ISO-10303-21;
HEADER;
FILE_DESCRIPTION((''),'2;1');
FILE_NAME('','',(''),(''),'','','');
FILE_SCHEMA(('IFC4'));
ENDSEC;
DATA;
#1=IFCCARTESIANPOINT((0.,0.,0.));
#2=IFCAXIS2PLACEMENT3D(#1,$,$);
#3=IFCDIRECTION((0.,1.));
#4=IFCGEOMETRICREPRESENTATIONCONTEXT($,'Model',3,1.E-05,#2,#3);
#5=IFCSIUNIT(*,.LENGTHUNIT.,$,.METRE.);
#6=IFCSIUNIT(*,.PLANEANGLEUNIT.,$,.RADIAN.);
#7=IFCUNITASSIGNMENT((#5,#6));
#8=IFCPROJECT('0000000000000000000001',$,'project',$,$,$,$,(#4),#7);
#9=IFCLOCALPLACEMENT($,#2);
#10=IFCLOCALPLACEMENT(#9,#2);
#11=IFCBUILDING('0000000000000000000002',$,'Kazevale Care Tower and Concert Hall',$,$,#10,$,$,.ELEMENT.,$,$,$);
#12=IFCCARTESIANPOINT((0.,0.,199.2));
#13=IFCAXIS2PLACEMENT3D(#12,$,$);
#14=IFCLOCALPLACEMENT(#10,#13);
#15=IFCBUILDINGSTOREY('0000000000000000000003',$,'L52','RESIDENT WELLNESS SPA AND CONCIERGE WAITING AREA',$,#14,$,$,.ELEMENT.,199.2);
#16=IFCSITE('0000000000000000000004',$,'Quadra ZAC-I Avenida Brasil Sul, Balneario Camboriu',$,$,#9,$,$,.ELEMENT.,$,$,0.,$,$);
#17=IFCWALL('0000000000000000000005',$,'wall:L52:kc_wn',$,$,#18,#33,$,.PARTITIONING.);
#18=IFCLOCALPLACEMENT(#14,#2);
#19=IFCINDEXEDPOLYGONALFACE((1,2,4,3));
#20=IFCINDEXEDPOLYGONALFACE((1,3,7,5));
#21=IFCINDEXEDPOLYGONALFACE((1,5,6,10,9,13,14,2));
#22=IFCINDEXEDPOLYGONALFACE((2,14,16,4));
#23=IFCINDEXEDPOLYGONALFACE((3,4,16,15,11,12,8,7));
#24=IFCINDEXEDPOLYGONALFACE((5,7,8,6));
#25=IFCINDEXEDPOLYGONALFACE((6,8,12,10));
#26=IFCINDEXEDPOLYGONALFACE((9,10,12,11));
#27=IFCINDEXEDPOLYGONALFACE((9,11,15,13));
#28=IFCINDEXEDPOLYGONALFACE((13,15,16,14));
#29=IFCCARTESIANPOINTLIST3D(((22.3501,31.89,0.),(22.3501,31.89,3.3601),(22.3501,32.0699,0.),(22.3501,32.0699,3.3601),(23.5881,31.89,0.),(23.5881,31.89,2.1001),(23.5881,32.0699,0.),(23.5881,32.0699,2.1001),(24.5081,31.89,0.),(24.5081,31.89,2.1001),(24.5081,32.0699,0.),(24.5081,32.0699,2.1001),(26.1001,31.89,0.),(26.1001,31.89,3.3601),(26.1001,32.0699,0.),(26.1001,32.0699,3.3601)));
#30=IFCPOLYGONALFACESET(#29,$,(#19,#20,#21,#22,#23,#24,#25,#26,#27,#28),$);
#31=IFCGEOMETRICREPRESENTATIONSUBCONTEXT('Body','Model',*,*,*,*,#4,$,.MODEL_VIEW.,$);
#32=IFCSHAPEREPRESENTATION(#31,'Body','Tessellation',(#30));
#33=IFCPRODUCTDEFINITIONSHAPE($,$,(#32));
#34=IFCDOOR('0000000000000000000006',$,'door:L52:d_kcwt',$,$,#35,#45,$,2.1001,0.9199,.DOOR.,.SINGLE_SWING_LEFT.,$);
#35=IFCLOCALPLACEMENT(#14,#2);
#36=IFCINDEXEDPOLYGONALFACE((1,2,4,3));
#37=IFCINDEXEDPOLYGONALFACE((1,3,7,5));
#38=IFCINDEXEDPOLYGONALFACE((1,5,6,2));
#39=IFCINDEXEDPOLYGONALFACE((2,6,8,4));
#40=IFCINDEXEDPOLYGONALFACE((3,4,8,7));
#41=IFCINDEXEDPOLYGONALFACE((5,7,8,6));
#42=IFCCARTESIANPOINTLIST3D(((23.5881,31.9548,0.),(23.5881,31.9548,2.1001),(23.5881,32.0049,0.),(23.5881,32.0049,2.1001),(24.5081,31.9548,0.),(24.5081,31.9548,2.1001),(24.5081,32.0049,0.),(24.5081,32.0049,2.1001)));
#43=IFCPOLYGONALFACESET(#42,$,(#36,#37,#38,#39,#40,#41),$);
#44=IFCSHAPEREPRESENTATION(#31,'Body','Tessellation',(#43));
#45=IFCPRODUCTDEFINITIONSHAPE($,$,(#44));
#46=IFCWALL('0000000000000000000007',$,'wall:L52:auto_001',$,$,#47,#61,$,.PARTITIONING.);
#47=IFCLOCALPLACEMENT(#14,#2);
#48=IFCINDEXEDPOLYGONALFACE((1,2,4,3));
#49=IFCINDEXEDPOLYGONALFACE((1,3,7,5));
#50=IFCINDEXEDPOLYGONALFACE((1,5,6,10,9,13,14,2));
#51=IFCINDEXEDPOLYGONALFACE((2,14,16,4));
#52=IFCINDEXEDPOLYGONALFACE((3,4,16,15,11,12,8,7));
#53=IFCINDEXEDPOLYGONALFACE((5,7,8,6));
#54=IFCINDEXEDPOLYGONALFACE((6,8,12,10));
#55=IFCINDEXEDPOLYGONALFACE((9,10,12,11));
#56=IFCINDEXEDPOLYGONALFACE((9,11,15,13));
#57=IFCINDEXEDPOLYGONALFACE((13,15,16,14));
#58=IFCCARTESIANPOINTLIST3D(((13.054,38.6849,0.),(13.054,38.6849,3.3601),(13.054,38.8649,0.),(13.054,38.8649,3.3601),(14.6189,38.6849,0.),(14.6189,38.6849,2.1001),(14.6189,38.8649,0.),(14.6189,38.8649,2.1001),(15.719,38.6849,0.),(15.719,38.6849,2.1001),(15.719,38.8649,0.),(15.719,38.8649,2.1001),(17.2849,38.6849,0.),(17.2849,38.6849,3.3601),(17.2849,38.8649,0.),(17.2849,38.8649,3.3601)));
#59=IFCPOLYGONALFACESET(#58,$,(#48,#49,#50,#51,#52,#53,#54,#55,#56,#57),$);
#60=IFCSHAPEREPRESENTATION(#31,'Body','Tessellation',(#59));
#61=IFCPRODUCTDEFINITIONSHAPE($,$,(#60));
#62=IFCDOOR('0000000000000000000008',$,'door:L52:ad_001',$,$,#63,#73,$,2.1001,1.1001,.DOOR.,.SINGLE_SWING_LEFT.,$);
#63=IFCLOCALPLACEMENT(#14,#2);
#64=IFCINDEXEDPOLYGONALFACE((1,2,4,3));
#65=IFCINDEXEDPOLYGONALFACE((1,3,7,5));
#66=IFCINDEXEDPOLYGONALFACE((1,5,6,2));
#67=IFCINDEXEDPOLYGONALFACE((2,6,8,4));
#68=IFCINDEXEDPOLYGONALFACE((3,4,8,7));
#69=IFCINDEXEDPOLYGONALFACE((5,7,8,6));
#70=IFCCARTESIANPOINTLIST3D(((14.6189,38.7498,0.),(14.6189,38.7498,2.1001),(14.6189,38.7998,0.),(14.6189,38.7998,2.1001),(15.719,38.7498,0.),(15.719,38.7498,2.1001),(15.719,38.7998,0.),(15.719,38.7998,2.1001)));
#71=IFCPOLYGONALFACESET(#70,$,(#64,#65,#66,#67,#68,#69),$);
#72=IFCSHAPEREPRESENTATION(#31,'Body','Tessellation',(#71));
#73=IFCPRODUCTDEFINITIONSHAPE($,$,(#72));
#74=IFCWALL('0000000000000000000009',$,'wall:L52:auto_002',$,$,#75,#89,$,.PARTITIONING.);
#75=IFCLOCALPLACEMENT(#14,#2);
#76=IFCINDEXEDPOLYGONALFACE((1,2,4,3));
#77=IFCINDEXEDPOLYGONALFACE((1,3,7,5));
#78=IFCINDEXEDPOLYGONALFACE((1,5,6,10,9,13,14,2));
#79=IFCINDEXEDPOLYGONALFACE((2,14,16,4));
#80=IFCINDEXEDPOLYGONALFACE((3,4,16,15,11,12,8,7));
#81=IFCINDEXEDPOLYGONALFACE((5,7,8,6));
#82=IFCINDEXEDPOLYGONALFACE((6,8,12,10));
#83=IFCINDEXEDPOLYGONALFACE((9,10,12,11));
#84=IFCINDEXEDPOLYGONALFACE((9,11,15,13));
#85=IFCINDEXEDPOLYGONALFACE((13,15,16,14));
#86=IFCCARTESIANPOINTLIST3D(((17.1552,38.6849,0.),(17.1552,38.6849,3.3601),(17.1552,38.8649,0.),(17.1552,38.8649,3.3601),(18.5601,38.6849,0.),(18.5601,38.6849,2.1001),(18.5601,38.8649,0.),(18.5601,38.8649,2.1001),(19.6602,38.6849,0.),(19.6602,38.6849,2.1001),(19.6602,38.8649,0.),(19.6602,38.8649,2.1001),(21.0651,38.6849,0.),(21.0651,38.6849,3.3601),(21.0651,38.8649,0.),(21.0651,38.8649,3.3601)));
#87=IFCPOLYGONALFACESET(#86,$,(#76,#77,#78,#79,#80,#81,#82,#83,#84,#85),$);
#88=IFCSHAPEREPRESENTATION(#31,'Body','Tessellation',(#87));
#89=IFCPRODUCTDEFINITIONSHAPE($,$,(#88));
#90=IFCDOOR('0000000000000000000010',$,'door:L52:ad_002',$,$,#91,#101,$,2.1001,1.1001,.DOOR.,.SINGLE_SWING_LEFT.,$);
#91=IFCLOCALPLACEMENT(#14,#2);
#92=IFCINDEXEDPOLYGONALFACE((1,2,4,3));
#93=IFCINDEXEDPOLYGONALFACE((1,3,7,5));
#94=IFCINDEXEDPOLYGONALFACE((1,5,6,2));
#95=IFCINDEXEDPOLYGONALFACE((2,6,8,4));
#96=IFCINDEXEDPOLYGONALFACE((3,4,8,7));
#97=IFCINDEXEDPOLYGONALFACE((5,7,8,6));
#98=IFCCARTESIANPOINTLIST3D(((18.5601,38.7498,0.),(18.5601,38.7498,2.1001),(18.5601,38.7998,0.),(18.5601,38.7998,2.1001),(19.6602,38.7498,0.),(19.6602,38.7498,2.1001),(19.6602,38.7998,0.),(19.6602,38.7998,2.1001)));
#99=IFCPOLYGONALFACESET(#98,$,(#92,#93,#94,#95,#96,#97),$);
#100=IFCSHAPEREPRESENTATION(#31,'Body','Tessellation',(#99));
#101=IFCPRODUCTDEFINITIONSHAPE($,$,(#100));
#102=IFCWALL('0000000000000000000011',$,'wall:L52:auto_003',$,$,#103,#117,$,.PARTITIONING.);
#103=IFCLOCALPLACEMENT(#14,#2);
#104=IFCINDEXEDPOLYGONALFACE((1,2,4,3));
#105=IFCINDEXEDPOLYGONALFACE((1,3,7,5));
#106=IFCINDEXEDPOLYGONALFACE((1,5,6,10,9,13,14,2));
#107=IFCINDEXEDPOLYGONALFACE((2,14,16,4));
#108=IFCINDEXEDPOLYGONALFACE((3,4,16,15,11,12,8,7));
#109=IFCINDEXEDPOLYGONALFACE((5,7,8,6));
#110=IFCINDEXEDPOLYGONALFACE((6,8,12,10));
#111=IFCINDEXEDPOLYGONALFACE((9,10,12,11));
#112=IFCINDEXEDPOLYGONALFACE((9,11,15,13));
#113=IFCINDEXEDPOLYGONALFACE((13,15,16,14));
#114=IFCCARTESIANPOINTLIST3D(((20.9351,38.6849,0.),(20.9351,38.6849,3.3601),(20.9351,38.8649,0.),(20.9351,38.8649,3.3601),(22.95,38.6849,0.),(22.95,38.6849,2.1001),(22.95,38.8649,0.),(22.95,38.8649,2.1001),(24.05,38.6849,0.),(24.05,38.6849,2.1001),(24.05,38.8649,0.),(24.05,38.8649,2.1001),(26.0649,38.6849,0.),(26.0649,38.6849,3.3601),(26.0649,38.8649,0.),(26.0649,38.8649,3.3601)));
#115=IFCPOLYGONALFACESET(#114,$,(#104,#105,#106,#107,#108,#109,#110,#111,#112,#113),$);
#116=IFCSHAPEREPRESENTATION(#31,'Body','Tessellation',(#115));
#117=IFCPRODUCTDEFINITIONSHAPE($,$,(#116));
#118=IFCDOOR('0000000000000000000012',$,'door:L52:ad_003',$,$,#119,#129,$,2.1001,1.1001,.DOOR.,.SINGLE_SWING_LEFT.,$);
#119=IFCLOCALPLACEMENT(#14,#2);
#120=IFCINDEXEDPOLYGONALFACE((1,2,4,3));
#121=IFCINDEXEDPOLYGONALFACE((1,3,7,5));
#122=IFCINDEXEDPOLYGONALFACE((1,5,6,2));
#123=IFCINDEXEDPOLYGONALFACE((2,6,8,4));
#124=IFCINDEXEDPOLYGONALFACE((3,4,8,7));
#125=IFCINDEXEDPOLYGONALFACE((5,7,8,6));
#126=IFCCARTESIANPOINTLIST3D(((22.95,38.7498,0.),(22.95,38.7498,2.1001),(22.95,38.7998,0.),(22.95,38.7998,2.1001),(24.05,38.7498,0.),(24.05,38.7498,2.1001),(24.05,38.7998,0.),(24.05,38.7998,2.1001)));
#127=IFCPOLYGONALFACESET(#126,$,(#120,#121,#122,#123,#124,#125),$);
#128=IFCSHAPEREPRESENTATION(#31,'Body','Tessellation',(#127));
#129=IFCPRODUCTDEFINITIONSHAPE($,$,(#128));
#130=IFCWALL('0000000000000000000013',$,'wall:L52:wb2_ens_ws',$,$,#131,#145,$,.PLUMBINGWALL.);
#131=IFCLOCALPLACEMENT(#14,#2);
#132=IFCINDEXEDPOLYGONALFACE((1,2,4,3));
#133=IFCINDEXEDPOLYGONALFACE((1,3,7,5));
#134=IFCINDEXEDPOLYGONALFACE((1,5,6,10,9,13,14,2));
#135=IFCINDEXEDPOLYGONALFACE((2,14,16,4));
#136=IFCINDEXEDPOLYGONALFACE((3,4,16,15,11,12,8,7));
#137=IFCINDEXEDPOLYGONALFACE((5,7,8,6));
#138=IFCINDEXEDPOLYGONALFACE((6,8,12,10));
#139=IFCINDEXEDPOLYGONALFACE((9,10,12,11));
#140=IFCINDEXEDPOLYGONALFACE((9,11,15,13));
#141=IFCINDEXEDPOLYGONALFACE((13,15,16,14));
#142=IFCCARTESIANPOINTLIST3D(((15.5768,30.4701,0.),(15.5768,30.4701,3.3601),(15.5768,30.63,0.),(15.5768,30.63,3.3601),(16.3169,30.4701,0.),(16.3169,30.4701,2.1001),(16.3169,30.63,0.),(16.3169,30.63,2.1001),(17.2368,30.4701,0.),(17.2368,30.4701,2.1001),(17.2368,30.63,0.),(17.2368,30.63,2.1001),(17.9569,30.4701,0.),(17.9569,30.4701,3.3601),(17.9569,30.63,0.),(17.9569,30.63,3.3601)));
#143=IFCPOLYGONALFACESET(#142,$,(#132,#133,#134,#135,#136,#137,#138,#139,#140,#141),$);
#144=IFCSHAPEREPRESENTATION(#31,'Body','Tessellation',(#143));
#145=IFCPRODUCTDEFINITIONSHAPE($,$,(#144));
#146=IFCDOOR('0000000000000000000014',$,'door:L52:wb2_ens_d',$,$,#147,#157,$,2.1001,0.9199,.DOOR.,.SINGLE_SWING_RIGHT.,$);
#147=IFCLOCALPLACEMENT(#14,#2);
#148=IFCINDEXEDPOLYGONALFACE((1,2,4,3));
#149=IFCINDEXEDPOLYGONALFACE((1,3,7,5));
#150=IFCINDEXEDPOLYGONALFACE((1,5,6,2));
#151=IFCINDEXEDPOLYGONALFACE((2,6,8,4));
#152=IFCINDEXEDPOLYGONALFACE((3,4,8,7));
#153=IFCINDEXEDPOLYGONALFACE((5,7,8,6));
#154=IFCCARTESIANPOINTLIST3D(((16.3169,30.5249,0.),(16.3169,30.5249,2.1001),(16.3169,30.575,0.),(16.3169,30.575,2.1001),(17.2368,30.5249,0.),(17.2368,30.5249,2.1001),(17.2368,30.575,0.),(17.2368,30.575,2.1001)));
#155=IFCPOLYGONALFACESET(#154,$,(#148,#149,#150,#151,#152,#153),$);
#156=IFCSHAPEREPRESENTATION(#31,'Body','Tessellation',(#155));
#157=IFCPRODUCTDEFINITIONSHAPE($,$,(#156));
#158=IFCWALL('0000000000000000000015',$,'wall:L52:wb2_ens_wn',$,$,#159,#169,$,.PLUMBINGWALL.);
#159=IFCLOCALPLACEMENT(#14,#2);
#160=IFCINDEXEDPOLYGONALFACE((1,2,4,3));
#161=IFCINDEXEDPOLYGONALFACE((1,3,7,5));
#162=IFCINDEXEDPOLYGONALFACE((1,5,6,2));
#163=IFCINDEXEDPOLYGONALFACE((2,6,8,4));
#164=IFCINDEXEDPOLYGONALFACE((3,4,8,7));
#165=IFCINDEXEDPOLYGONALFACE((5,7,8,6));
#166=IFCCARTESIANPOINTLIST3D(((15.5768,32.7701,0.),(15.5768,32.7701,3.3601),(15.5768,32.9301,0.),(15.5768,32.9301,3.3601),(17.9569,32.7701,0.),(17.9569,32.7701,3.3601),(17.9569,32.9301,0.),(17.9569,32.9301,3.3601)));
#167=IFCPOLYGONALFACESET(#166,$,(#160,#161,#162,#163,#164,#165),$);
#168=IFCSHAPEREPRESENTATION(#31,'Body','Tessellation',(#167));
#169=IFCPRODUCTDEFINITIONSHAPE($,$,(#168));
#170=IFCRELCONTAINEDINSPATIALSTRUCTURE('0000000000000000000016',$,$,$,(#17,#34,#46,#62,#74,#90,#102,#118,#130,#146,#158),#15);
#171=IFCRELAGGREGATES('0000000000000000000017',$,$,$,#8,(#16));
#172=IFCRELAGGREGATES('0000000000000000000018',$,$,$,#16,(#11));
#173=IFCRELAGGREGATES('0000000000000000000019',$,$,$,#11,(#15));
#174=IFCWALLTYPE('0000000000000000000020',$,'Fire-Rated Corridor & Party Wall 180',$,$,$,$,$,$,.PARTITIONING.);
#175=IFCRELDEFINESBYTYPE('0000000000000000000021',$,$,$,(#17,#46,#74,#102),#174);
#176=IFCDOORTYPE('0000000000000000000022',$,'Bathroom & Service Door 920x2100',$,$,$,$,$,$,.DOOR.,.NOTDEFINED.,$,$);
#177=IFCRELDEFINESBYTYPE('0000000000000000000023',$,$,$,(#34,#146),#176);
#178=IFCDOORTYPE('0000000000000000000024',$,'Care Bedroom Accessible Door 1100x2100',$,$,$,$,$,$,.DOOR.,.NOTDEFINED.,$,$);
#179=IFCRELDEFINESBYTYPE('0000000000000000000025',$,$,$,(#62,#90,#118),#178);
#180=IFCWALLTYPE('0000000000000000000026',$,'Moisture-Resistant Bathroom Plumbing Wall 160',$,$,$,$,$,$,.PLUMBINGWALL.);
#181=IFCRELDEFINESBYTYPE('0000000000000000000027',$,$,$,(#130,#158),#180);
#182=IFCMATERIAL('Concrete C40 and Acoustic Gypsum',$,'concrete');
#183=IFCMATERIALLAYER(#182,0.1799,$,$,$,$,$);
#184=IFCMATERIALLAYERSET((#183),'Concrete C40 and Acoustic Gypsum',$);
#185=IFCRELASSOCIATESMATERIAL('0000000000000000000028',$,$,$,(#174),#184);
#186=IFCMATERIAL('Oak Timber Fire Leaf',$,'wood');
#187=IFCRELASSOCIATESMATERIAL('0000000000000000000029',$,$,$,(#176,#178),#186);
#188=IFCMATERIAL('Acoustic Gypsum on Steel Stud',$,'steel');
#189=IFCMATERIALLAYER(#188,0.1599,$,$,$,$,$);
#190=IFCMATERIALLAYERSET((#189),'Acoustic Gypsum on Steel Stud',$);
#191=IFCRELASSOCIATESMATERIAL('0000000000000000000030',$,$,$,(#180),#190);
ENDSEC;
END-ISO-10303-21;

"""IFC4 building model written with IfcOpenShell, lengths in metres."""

from ifc_helpers import new_model, si_unit, direction, frame, frame_2d, origin, place, context, subcontext, project, spatial, rectangle, extrude, material, layer, layer_set, type_object, element, fill, save


model = new_model("IFC4")

# Units and contexts
model_context = context("Model", 3, precision=1e-05, world=origin(), true_north=direction((0.0, 1.0)))
body_context = subcontext(model_context, "Body", "Model", "MODEL_VIEW")
ifc_project = project(units=[si_unit("LENGTHUNIT", "METRE"), si_unit("PLANEANGLEUNIT", "RADIAN")], contexts=[model_context])

# Site, building, storey
site_placement = place(None, origin())
site = spatial("IfcSite", under=ifc_project, at=site_placement, Name="Quadra ZAC-I Avenida Brasil Sul, Balneario Camboriu", CompositionType="ELEMENT", RefElevation=0.0)
building_placement = place(site_placement, origin())
building = spatial("IfcBuilding", under=site, at=building_placement, Name="Kazevale Care Tower and Concert Hall", CompositionType="ELEMENT")
storey_placement = place(building_placement, frame((0.0, 0.0, 199.2)))
storey = spatial("IfcBuildingStorey", under=building, at=storey_placement, Name="L52", Description="RESIDENT WELLNESS SPA AND CONCIERGE WAITING AREA", CompositionType="ELEMENT", Elevation=199.2)

# Walls, openings, doors
ifc_material_1 = material(Name="Concrete C40 and Acoustic Gypsum", Category="concrete")
ifc_layer_1 = layer(ifc_material_1, 0.1799)
ifc_layer_set_1 = layer_set([ifc_layer_1], Name="Concrete C40 and Acoustic Gypsum")
wall_type_1 = type_object("IfcWallType", Name="Fire-Rated Corridor & Party Wall 180", PredefinedType="PARTITIONING", material=ifc_layer_set_1)
ifc_material_2 = material(Name="Oak Timber Fire Leaf", Category="wood")
door_type_1 = type_object("IfcDoorType", Name="Bathroom & Service Door 920x2100", OperationType="NOTDEFINED", PredefinedType="DOOR", material=ifc_material_2)
wall_1_placement = place(storey_placement, frame((22.3501, 31.98, 0.0), z_axis=(0.0, 0.0, 1.0), x_axis=(1.0, 0.0, 0.0)))
wall_1 = element("IfcWall", 1, at=wall_1_placement, inside=storey, type_object=wall_type_1, Name="wall:L52:kc_wn", PredefinedType="PARTITIONING", context=body_context, shape_type="SweptSolid", body=[
    extrude(rectangle(XDim=3.75, YDim=0.1799, at=frame_2d((1.875, 0.0))), origin(), (0.0, 0.0, 1.0), 3.3601),
])
opening_1_placement = place(wall_1_placement, frame((1.238, 0.0, 0.0)))
opening_1 = element("IfcOpeningElement", 2, at=opening_1_placement, cuts=wall_1, PredefinedType="OPENING", context=body_context, shape_type="SweptSolid", body=[
    extrude(rectangle(XDim=0.9199, YDim=2.1001, at=frame_2d((0.46, 1.05))), frame((0.0, 0.0999, 0.0), z_axis=(0.0, -1.0, 0.0), x_axis=(1.0, 0.0, 0.0)), (0.0, 0.0, 1.0), 0.2),
])
door_1_placement = place(opening_1_placement, origin())
door_1 = element("IfcDoor", 3, at=door_1_placement, inside=storey, type_object=door_type_1, Name="door:L52:d_kcwt", OperationType="SINGLE_SWING_LEFT", OverallHeight=2.1001, OverallWidth=0.9199, PredefinedType="DOOR", context=body_context, shape_type="SweptSolid", body=[
    extrude(rectangle(XDim=0.9199, YDim=2.1001, at=frame_2d((0.46, 1.05))), frame((0.0, 0.0249, 0.0), z_axis=(0.0, -1.0, 0.0), x_axis=(1.0, 0.0, 0.0)), (0.0, 0.0, 1.0), 0.05),
])
fill(opening_1, door_1)
wall_2_placement = place(storey_placement, frame((13.054, 38.7749, 0.0), z_axis=(0.0, 0.0, 1.0), x_axis=(1.0, 0.0, 0.0)))
wall_2 = element("IfcWall", 4, at=wall_2_placement, inside=storey, type_object=wall_type_1, Name="wall:L52:auto_001", PredefinedType="PARTITIONING", context=body_context, shape_type="SweptSolid", body=[
    extrude(rectangle(XDim=4.231, YDim=0.1799, at=frame_2d((2.1155, 0.0))), origin(), (0.0, 0.0, 1.0), 3.3601),
])
opening_2_placement = place(wall_2_placement, frame((1.5649, 0.0, 0.0)))
opening_2 = element("IfcOpeningElement", 5, at=opening_2_placement, cuts=wall_2, PredefinedType="OPENING", context=body_context, shape_type="SweptSolid", body=[
    extrude(rectangle(XDim=1.1001, YDim=2.1001, at=frame_2d((0.55, 1.05))), frame((0.0, 0.0999, 0.0), z_axis=(0.0, -1.0, 0.0), x_axis=(1.0, 0.0, 0.0)), (0.0, 0.0, 1.0), 0.2),
])
door_type_2 = type_object("IfcDoorType", Name="Care Bedroom Accessible Door 1100x2100", OperationType="NOTDEFINED", PredefinedType="DOOR", material=ifc_material_2)
door_2_placement = place(opening_2_placement, origin())
door_2 = element("IfcDoor", 6, at=door_2_placement, inside=storey, type_object=door_type_2, Name="door:L52:ad_001", OperationType="SINGLE_SWING_LEFT", OverallHeight=2.1001, OverallWidth=1.1001, PredefinedType="DOOR", context=body_context, shape_type="SweptSolid", body=[
    extrude(rectangle(XDim=1.1001, YDim=2.1001, at=frame_2d((0.55, 1.05))), frame((0.0, 0.0249, 0.0), z_axis=(0.0, -1.0, 0.0), x_axis=(1.0, 0.0, 0.0)), (0.0, 0.0, 1.0), 0.05),
])
fill(opening_2, door_2)
wall_3_placement = place(storey_placement, frame((17.155, 38.7749, 0.0), z_axis=(0.0, 0.0, 1.0), x_axis=(1.0, 0.0, 0.0)))
wall_3 = element("IfcWall", 7, at=wall_3_placement, inside=storey, type_object=wall_type_1, Name="wall:L52:auto_002", PredefinedType="PARTITIONING", context=body_context, shape_type="SweptSolid", body=[
    extrude(rectangle(XDim=3.9099, YDim=0.1799, at=frame_2d((1.9551, 0.0))), origin(), (0.0, 0.0, 1.0), 3.3601),
])
opening_3_placement = place(wall_3_placement, frame((1.405, 0.0, 0.0)))
opening_3 = element("IfcOpeningElement", 8, at=opening_3_placement, cuts=wall_3, PredefinedType="OPENING", context=body_context, shape_type="SweptSolid", body=[
    extrude(rectangle(XDim=1.1001, YDim=2.1001, at=frame_2d((0.55, 1.05))), frame((0.0, 0.0999, 0.0), z_axis=(0.0, -1.0, 0.0), x_axis=(1.0, 0.0, 0.0)), (0.0, 0.0, 1.0), 0.2),
])
door_3_placement = place(opening_3_placement, origin())
door_3 = element("IfcDoor", 9, at=door_3_placement, inside=storey, type_object=door_type_2, Name="door:L52:ad_002", OperationType="SINGLE_SWING_LEFT", OverallHeight=2.1001, OverallWidth=1.1001, PredefinedType="DOOR", context=body_context, shape_type="SweptSolid", body=[
    extrude(rectangle(XDim=1.1001, YDim=2.1001, at=frame_2d((0.55, 1.05))), frame((0.0, 0.0249, 0.0), z_axis=(0.0, -1.0, 0.0), x_axis=(1.0, 0.0, 0.0)), (0.0, 0.0, 1.0), 0.05),
])
fill(opening_3, door_3)
wall_4_placement = place(storey_placement, frame((20.9351, 38.7749, 0.0), z_axis=(0.0, 0.0, 1.0), x_axis=(1.0, 0.0, 0.0)))
wall_4 = element("IfcWall", 10, at=wall_4_placement, inside=storey, type_object=wall_type_1, Name="wall:L52:auto_003", PredefinedType="PARTITIONING", context=body_context, shape_type="SweptSolid", body=[
    extrude(rectangle(XDim=5.1299, YDim=0.1799, at=frame_2d((2.5649, 0.0))), origin(), (0.0, 0.0, 1.0), 3.3601),
])
opening_4_placement = place(wall_4_placement, frame((2.0149, 0.0, 0.0)))
opening_4 = element("IfcOpeningElement", 11, at=opening_4_placement, cuts=wall_4, PredefinedType="OPENING", context=body_context, shape_type="SweptSolid", body=[
    extrude(rectangle(XDim=1.1001, YDim=2.1001, at=frame_2d((0.55, 1.05))), frame((0.0, 0.0999, 0.0), z_axis=(0.0, -1.0, 0.0), x_axis=(1.0, 0.0, 0.0)), (0.0, 0.0, 1.0), 0.2),
])
door_4_placement = place(opening_4_placement, origin())
door_4 = element("IfcDoor", 12, at=door_4_placement, inside=storey, type_object=door_type_2, Name="door:L52:ad_003", OperationType="SINGLE_SWING_LEFT", OverallHeight=2.1001, OverallWidth=1.1001, PredefinedType="DOOR", context=body_context, shape_type="SweptSolid", body=[
    extrude(rectangle(XDim=1.1001, YDim=2.1001, at=frame_2d((0.55, 1.05))), frame((0.0, 0.0249, 0.0), z_axis=(0.0, -1.0, 0.0), x_axis=(1.0, 0.0, 0.0)), (0.0, 0.0, 1.0), 0.05),
])
fill(opening_4, door_4)
ifc_material_3 = material(Name="Acoustic Gypsum on Steel Stud", Category="steel")
ifc_layer_2 = layer(ifc_material_3, 0.1599)
ifc_layer_set_2 = layer_set([ifc_layer_2], Name="Acoustic Gypsum on Steel Stud")
wall_type_2 = type_object("IfcWallType", Name="Moisture-Resistant Bathroom Plumbing Wall 160", PredefinedType="PLUMBINGWALL", material=ifc_layer_set_2)
wall_5_placement = place(storey_placement, frame((15.5769, 30.55, 0.0), z_axis=(0.0, 0.0, 1.0), x_axis=(1.0, 0.0, 0.0)))
wall_5 = element("IfcWall", 13, at=wall_5_placement, inside=storey, type_object=wall_type_2, Name="wall:L52:wb2_ens_ws", PredefinedType="PLUMBINGWALL", context=body_context, shape_type="SweptSolid", body=[
    extrude(rectangle(XDim=2.3801, YDim=0.1599, at=frame_2d((1.1899, 0.0))), origin(), (0.0, 0.0, 1.0), 3.3601),
])
opening_5_placement = place(wall_5_placement, frame((0.74, 0.0, 0.0)))
opening_5 = element("IfcOpeningElement", 14, at=opening_5_placement, cuts=wall_5, PredefinedType="OPENING", context=body_context, shape_type="SweptSolid", body=[
    extrude(rectangle(XDim=0.9199, YDim=2.1001, at=frame_2d((0.46, 1.05))), frame((0.0, 0.0898, 0.0), z_axis=(0.0, -1.0, 0.0), x_axis=(1.0, 0.0, 0.0)), (0.0, 0.0, 1.0), 0.1799),
])
door_5_placement = place(opening_5_placement, origin())
door_5 = element("IfcDoor", 15, at=door_5_placement, inside=storey, type_object=door_type_1, Name="door:L52:wb2_ens_d", OperationType="SINGLE_SWING_RIGHT", OverallHeight=2.1001, OverallWidth=0.9199, PredefinedType="DOOR", context=body_context, shape_type="SweptSolid", body=[
    extrude(rectangle(XDim=0.9199, YDim=2.1001, at=frame_2d((0.46, 1.05))), frame((0.0, 0.0249, 0.0), z_axis=(0.0, -1.0, 0.0), x_axis=(1.0, 0.0, 0.0)), (0.0, 0.0, 1.0), 0.05),
])
fill(opening_5, door_5)

# Wall
wall_6_placement = place(storey_placement, frame((15.5769, 32.8501, 0.0), z_axis=(0.0, 0.0, 1.0), x_axis=(1.0, 0.0, 0.0)))
element("IfcWall", 16, at=wall_6_placement, inside=storey, type_object=wall_type_2, Name="wall:L52:wb2_ens_wn", PredefinedType="PLUMBINGWALL", context=body_context, shape_type="SweptSolid", body=[
    extrude(rectangle(XDim=2.3801, YDim=0.1599, at=frame_2d((1.1899, 0.0))), origin(), (0.0, 0.0, 1.0), 3.3601),
])

save(model, "model.ifc")
